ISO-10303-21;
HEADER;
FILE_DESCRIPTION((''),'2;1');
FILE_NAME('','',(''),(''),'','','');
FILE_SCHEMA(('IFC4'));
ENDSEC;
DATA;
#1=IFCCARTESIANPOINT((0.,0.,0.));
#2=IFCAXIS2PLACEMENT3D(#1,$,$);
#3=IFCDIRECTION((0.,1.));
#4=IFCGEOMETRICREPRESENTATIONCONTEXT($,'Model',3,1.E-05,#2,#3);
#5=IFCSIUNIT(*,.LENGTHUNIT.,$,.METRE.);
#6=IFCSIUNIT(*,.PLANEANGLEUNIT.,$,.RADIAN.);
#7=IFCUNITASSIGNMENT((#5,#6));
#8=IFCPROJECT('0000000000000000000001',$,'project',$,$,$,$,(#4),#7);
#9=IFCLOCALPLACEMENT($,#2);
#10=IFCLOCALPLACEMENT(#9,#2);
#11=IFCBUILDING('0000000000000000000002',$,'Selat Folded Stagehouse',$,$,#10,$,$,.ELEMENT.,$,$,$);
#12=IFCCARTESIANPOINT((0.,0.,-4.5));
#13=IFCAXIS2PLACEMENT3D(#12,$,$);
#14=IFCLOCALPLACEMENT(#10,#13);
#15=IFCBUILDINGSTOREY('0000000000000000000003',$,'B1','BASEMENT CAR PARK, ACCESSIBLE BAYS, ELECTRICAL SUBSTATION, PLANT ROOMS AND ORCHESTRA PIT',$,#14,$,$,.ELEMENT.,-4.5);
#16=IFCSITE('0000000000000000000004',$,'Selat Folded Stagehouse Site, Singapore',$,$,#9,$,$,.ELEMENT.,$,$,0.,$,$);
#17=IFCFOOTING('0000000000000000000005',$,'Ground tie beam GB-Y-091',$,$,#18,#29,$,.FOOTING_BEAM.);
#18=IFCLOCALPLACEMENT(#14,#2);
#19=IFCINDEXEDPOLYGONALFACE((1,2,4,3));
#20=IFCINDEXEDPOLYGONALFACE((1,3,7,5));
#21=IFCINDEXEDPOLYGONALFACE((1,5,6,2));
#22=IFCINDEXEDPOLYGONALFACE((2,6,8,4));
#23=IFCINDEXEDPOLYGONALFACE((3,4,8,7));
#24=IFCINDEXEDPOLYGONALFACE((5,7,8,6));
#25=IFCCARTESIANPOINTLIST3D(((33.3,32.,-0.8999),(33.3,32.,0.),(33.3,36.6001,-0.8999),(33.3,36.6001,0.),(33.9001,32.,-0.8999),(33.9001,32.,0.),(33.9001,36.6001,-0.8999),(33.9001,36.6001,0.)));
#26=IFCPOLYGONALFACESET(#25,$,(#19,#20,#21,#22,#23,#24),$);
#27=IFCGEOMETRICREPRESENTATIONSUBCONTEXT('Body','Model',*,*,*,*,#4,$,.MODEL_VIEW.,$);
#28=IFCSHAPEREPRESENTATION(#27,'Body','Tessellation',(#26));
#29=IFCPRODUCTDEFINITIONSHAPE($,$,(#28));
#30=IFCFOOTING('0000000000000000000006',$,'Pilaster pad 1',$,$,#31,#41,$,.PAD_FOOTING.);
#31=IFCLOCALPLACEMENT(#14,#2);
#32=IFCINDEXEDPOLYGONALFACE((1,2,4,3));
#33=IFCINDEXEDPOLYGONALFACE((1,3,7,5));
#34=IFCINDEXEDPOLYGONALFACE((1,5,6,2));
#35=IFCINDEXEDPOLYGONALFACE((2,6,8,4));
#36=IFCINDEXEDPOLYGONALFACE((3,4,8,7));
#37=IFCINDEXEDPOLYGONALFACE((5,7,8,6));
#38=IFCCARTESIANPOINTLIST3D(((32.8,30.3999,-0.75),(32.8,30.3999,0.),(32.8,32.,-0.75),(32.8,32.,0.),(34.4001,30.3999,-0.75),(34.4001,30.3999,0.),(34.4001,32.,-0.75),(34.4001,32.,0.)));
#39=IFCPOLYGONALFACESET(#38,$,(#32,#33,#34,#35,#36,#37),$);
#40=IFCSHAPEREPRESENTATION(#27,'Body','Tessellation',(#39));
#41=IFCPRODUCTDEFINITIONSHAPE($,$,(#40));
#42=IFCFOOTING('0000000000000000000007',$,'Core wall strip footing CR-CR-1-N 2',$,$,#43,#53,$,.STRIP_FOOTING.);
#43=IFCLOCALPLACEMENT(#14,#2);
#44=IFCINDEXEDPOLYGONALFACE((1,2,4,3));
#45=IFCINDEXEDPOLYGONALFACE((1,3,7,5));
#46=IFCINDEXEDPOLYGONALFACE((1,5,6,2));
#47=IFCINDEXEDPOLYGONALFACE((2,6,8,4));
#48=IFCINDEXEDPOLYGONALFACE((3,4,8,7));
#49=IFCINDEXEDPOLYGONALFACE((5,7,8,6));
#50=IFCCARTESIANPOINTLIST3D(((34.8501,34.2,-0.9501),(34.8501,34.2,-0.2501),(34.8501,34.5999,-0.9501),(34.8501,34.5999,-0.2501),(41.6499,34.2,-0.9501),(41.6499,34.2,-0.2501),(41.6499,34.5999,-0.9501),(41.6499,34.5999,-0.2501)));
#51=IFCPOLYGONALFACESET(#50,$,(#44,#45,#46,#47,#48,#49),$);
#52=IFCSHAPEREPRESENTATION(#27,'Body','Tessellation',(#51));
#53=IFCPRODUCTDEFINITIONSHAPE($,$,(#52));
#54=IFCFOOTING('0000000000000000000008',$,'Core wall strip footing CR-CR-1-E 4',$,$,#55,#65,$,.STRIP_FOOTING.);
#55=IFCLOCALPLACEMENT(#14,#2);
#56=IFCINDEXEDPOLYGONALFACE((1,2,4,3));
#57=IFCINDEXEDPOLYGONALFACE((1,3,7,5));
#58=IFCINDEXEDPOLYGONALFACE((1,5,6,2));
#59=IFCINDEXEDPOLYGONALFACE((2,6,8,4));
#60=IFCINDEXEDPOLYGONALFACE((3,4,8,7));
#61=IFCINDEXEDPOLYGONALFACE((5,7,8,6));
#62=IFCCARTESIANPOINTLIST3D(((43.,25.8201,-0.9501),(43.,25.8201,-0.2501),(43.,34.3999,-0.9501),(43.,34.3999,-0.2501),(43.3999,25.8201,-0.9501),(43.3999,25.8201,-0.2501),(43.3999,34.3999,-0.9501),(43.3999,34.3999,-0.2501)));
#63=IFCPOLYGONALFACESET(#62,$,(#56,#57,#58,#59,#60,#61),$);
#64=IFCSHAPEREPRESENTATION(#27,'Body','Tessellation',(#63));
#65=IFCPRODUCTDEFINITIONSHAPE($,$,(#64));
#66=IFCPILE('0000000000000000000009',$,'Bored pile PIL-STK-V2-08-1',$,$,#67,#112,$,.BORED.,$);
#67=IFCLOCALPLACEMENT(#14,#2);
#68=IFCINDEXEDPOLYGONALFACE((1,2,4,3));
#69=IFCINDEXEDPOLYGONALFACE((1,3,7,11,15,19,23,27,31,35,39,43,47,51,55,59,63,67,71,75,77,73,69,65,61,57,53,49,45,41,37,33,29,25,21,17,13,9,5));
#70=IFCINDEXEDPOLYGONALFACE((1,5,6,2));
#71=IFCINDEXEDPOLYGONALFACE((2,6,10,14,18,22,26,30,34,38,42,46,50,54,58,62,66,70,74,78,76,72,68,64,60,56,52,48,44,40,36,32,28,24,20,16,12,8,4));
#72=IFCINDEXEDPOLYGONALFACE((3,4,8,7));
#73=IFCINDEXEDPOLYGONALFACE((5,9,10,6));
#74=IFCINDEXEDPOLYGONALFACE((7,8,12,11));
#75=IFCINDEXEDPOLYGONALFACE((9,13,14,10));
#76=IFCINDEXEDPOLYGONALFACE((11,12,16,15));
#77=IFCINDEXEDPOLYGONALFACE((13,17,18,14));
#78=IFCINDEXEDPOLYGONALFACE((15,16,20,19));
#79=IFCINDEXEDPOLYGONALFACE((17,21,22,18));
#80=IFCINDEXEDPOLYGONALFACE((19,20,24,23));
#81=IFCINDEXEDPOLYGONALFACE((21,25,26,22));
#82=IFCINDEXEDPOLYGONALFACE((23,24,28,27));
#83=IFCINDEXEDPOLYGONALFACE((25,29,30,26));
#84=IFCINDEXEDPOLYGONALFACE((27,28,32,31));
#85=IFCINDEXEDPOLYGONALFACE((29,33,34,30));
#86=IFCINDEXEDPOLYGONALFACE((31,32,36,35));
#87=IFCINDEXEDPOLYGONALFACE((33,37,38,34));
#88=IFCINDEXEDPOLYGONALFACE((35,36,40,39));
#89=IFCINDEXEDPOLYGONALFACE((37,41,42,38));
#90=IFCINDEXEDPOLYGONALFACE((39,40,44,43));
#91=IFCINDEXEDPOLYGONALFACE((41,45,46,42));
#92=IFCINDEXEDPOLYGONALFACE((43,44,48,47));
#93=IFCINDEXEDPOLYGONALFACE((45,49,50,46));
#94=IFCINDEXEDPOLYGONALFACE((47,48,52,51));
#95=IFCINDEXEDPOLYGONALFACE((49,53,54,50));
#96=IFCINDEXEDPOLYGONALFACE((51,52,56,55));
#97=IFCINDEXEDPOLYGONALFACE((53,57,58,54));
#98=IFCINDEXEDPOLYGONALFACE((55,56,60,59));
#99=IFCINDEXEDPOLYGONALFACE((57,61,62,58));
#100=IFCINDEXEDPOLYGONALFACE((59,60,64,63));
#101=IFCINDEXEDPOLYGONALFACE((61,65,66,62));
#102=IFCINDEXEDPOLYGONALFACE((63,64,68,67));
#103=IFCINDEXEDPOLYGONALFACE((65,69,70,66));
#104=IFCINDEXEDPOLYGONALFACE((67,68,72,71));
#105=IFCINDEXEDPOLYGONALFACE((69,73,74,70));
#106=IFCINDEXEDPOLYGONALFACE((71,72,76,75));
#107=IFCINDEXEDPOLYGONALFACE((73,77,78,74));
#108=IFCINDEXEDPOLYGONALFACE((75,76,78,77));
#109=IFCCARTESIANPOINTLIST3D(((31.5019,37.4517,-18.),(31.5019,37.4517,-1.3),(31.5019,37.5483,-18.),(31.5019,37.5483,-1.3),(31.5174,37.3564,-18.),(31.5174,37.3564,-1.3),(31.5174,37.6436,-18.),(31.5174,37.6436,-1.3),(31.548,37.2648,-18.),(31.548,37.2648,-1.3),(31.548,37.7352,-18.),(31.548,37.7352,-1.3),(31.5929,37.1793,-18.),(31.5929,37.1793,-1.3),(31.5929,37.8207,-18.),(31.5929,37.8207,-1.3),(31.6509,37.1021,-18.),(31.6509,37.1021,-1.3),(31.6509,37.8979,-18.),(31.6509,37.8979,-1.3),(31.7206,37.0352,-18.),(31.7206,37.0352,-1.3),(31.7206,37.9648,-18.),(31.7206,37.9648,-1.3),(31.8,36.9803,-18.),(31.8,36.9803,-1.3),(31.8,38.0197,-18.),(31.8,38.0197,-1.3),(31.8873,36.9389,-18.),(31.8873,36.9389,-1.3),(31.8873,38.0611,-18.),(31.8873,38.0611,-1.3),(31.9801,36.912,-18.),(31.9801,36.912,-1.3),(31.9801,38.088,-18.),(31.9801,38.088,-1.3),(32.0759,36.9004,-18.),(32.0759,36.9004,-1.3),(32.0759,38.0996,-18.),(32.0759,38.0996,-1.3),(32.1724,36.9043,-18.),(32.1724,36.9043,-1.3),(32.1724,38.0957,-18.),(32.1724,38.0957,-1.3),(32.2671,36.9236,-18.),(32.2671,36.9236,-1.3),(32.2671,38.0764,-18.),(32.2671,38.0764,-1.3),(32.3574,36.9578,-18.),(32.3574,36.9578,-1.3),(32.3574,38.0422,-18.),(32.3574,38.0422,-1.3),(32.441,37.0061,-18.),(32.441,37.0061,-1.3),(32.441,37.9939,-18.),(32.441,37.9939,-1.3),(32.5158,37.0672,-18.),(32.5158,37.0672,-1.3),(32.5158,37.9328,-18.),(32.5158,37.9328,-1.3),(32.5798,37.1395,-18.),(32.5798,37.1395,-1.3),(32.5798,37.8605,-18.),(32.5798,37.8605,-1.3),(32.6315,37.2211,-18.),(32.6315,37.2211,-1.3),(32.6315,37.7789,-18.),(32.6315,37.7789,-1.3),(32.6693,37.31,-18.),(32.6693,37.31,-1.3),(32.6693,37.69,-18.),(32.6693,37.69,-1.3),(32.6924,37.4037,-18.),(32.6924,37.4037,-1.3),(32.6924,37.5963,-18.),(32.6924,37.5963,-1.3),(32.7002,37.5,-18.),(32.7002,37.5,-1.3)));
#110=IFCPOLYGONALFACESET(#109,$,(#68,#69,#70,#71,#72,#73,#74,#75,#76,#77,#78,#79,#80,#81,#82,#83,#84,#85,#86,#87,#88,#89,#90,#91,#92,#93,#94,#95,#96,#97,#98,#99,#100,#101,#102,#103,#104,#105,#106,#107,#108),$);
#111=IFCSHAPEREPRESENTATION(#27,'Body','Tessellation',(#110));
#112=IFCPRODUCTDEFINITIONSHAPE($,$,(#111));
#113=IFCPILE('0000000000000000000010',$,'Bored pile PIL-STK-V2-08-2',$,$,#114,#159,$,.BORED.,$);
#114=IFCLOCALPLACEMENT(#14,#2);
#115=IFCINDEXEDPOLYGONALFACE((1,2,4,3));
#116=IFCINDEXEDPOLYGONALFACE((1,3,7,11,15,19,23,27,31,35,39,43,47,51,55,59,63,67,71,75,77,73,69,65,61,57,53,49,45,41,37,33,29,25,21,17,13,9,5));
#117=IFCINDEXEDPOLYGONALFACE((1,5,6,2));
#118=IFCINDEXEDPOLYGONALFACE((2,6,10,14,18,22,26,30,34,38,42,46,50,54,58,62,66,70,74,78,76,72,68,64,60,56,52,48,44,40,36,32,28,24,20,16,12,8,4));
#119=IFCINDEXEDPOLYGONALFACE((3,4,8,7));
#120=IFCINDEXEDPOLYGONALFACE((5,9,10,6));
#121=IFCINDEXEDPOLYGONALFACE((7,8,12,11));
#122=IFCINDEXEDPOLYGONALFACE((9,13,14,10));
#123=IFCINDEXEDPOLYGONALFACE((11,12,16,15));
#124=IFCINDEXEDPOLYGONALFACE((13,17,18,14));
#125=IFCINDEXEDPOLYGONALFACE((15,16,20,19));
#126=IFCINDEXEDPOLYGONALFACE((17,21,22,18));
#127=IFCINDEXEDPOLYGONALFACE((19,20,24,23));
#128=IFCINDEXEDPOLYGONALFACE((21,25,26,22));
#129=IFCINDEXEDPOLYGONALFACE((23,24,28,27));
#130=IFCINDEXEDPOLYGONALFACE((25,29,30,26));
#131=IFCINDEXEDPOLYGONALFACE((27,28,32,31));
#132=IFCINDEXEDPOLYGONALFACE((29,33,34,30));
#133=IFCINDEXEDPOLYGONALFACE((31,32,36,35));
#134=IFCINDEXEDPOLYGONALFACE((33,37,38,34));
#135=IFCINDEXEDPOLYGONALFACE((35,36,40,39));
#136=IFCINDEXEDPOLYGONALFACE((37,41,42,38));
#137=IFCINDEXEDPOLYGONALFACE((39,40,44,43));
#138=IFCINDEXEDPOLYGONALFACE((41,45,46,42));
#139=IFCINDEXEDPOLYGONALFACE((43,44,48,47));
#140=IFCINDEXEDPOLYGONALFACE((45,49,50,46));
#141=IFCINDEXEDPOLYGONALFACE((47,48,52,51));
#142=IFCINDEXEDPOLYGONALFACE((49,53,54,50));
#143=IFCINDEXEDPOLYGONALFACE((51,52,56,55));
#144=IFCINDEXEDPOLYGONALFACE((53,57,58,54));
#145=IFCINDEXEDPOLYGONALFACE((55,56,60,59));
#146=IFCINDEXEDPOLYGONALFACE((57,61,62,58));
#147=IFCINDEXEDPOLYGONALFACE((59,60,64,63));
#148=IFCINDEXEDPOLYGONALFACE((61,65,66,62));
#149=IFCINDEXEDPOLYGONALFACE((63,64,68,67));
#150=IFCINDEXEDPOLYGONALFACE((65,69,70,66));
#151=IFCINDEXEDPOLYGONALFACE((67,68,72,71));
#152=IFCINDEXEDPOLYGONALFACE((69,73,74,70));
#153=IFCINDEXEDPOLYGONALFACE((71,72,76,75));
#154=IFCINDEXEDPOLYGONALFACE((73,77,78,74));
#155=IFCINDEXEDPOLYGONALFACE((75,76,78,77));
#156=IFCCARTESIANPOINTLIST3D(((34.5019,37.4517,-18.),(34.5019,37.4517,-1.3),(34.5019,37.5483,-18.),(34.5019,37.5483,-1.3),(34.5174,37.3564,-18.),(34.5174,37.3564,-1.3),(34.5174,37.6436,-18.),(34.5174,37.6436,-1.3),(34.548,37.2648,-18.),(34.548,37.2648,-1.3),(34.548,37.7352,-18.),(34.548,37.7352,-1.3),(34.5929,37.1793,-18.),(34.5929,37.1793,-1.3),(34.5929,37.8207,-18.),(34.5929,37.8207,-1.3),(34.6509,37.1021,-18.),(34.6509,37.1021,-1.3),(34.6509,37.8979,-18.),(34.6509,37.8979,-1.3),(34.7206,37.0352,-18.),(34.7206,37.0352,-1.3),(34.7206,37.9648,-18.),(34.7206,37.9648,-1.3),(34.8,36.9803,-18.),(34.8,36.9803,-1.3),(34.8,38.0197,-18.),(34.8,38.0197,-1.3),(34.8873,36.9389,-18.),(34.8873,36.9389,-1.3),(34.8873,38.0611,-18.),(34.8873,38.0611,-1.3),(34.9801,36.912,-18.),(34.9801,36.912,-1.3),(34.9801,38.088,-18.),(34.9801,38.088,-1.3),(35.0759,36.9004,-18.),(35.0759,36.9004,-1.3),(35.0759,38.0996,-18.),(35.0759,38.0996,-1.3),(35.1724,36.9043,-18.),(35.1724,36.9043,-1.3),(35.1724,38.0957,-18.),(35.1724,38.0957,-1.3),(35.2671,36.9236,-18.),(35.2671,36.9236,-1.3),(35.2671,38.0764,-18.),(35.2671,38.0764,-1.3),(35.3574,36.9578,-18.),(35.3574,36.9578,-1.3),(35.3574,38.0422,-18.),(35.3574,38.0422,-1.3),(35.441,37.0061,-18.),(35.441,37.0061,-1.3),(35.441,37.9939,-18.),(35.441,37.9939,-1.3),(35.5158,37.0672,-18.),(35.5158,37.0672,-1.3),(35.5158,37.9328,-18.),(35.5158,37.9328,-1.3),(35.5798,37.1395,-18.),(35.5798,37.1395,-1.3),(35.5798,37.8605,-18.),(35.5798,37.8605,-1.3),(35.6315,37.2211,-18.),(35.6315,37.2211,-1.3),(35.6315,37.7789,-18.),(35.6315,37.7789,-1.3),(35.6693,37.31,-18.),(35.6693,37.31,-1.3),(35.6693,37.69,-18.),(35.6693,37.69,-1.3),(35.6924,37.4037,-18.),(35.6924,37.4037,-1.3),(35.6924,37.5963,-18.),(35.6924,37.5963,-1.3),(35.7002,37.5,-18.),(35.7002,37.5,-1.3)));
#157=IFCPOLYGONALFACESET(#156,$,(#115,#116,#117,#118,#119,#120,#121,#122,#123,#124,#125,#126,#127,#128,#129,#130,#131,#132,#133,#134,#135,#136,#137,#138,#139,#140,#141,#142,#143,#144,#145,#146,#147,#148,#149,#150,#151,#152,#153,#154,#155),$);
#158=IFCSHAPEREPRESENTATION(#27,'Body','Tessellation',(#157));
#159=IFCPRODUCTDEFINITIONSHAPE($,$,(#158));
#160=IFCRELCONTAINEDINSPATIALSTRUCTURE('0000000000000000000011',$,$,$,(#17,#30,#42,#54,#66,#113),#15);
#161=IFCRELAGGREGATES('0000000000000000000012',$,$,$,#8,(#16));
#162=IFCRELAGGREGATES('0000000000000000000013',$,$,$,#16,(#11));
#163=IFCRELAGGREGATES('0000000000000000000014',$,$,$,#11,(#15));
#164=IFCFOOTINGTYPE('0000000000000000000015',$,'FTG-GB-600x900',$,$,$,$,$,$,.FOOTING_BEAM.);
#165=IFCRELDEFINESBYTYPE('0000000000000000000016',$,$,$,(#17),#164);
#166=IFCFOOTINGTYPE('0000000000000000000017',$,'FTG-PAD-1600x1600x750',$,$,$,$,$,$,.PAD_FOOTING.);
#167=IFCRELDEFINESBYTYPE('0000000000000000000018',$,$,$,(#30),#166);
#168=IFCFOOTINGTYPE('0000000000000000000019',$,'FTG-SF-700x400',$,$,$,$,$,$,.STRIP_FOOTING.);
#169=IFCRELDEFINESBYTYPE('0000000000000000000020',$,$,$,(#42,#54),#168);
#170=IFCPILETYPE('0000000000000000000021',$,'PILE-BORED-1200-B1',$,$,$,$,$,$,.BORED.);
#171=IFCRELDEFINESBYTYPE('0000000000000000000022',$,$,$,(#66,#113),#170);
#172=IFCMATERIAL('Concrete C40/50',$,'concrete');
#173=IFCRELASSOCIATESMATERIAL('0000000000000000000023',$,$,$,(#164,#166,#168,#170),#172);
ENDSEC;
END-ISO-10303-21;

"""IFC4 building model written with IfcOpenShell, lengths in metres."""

from ifc_helpers import new_model, si_unit, direction, frame, origin, origin_2d, place, context, subcontext, project, spatial, rectangle, circle, extrude, material, material_profile, profile_set, type_object, element, save


model = new_model("IFC4")

# Units and contexts
model_context = context("Model", 3, precision=1e-05, world=origin(), true_north=direction((0.0, 1.0)))
body_context = subcontext(model_context, "Body", "Model", "MODEL_VIEW")
ifc_project = project(units=[si_unit("LENGTHUNIT", "METRE"), si_unit("PLANEANGLEUNIT", "RADIAN")], contexts=[model_context])

# Site, building, storey
site_placement = place(None, origin())
site = spatial("IfcSite", under=ifc_project, at=site_placement, Name="Selat Folded Stagehouse Site, Singapore", CompositionType="ELEMENT", RefElevation=0.0)
building_placement = place(site_placement, origin())
building = spatial("IfcBuilding", under=site, at=building_placement, Name="Selat Folded Stagehouse", CompositionType="ELEMENT")
storey_placement = place(building_placement, frame((0.0, 0.0, -4.5)))
storey = spatial("IfcBuildingStorey", under=building, at=storey_placement, Name="B1", Description="BASEMENT CAR PARK, ACCESSIBLE BAYS, ELECTRICAL SUBSTATION, PLANT ROOMS AND ORCHESTRA PIT", CompositionType="ELEMENT", Elevation=-4.5)

# Footings
ifc_material_1 = material(Name="Concrete C40/50", Category="concrete")
ifc_material_profile_1 = material_profile(ifc_material_1, rectangle(XDim=0.6001, YDim=0.8999, at=origin_2d()), Name="RC 900x600")
ifc_profile_set_1 = profile_set([ifc_material_profile_1], Name="Concrete C40/50")
footing_type_1 = type_object("IfcFootingType", Name="FTG-GB-600x900", PredefinedType="FOOTING_BEAM", material=ifc_profile_set_1)
footing_1_placement = place(storey_placement, frame((33.6001, 32.0, -0.45), z_axis=(0.0, 1.0, 0.0), x_axis=(-1.0, 0.0, 0.0)))
element("IfcFooting", 1, at=footing_1_placement, inside=storey, type_object=footing_type_1, Name="Ground tie beam GB-Y-091", PredefinedType="FOOTING_BEAM", context=body_context, shape_type="SweptSolid", body=[
    extrude(rectangle(XDim=0.6001, YDim=0.8999, at=origin_2d()), origin(), (0.0, 0.0, 1.0), 4.6001),
])
footing_type_2 = type_object("IfcFootingType", Name="FTG-PAD-1600x1600x750", PredefinedType="PAD_FOOTING", material=ifc_material_1)
footing_2_placement = place(storey_placement, frame((33.6001, 31.2, -0.75), z_axis=(0.0, 0.0, 1.0), x_axis=(1.0, 0.0, 0.0)))
element("IfcFooting", 2, at=footing_2_placement, inside=storey, type_object=footing_type_2, Name="Pilaster pad 1", PredefinedType="PAD_FOOTING", context=body_context, shape_type="SweptSolid", body=[
    extrude(rectangle(XDim=1.6001, YDim=1.6001, at=origin_2d()), origin(), (0.0, 0.0, 1.0), 0.75),
])
ifc_material_profile_2 = material_profile(ifc_material_1, rectangle(XDim=0.3999, YDim=0.7, at=origin_2d()), Name="RC 700x400")
ifc_profile_set_2 = profile_set([ifc_material_profile_2], Name="Concrete C40/50")
footing_type_3 = type_object("IfcFootingType", Name="FTG-SF-700x400", PredefinedType="STRIP_FOOTING", material=ifc_profile_set_2)
footing_3_placement = place(storey_placement, frame((34.8501, 34.3999, -0.6001), z_axis=(1.0, 0.0, 0.0), x_axis=(0.0, 1.0, 0.0)))
element("IfcFooting", 3, at=footing_3_placement, inside=storey, type_object=footing_type_3, Name="Core wall strip footing CR-CR-1-N 2", PredefinedType="STRIP_FOOTING", context=body_context, shape_type="SweptSolid", body=[
    extrude(rectangle(XDim=0.3999, YDim=0.7, at=origin_2d()), origin(), (0.0, 0.0, 1.0), 6.7998),
])
footing_4_placement = place(storey_placement, frame((43.2, 25.8201, -0.6001), z_axis=(0.0, 1.0, 0.0), x_axis=(-1.0, 0.0, 0.0)))
element("IfcFooting", 4, at=footing_4_placement, inside=storey, type_object=footing_type_3, Name="Core wall strip footing CR-CR-1-E 4", PredefinedType="STRIP_FOOTING", context=body_context, shape_type="SweptSolid", body=[
    extrude(rectangle(XDim=0.3999, YDim=0.7, at=origin_2d()), origin(), (0.0, 0.0, 1.0), 8.5798),
])

# Piles
ifc_material_profile_3 = material_profile(ifc_material_1, circle(Radius=0.6001, at=origin_2d()), Name="PILE D1200")
ifc_profile_set_3 = profile_set([ifc_material_profile_3], Name="Concrete C40/50")
pile_type = type_object("IfcPileType", Name="PILE-BORED-1200-B1", PredefinedType="BORED", material=ifc_profile_set_3)
for number, where, z_axis, x_axis, name in (
    (5, (32.1001, 37.5, -1.3), (0.0, 0.0, -1.0), (1.0, 0.0, 0.0), "Bored pile PIL-STK-V2-08-1"),
    (6, (35.1001, 37.5, -1.3), (0.0, 0.0, -1.0), (1.0, 0.0, 0.0), "Bored pile PIL-STK-V2-08-2"),
):
    element("IfcPile", number, at=place(storey_placement, frame(where, z_axis=z_axis, x_axis=x_axis)), inside=storey, type_object=pile_type, Name=name, PredefinedType="BORED", context=body_context, shape_type="SweptSolid", body=[
        extrude(circle(Radius=0.6001, at=origin_2d()), origin(), (0.0, 0.0, 1.0), 16.7),
    ])

save(model, "model.ifc")
